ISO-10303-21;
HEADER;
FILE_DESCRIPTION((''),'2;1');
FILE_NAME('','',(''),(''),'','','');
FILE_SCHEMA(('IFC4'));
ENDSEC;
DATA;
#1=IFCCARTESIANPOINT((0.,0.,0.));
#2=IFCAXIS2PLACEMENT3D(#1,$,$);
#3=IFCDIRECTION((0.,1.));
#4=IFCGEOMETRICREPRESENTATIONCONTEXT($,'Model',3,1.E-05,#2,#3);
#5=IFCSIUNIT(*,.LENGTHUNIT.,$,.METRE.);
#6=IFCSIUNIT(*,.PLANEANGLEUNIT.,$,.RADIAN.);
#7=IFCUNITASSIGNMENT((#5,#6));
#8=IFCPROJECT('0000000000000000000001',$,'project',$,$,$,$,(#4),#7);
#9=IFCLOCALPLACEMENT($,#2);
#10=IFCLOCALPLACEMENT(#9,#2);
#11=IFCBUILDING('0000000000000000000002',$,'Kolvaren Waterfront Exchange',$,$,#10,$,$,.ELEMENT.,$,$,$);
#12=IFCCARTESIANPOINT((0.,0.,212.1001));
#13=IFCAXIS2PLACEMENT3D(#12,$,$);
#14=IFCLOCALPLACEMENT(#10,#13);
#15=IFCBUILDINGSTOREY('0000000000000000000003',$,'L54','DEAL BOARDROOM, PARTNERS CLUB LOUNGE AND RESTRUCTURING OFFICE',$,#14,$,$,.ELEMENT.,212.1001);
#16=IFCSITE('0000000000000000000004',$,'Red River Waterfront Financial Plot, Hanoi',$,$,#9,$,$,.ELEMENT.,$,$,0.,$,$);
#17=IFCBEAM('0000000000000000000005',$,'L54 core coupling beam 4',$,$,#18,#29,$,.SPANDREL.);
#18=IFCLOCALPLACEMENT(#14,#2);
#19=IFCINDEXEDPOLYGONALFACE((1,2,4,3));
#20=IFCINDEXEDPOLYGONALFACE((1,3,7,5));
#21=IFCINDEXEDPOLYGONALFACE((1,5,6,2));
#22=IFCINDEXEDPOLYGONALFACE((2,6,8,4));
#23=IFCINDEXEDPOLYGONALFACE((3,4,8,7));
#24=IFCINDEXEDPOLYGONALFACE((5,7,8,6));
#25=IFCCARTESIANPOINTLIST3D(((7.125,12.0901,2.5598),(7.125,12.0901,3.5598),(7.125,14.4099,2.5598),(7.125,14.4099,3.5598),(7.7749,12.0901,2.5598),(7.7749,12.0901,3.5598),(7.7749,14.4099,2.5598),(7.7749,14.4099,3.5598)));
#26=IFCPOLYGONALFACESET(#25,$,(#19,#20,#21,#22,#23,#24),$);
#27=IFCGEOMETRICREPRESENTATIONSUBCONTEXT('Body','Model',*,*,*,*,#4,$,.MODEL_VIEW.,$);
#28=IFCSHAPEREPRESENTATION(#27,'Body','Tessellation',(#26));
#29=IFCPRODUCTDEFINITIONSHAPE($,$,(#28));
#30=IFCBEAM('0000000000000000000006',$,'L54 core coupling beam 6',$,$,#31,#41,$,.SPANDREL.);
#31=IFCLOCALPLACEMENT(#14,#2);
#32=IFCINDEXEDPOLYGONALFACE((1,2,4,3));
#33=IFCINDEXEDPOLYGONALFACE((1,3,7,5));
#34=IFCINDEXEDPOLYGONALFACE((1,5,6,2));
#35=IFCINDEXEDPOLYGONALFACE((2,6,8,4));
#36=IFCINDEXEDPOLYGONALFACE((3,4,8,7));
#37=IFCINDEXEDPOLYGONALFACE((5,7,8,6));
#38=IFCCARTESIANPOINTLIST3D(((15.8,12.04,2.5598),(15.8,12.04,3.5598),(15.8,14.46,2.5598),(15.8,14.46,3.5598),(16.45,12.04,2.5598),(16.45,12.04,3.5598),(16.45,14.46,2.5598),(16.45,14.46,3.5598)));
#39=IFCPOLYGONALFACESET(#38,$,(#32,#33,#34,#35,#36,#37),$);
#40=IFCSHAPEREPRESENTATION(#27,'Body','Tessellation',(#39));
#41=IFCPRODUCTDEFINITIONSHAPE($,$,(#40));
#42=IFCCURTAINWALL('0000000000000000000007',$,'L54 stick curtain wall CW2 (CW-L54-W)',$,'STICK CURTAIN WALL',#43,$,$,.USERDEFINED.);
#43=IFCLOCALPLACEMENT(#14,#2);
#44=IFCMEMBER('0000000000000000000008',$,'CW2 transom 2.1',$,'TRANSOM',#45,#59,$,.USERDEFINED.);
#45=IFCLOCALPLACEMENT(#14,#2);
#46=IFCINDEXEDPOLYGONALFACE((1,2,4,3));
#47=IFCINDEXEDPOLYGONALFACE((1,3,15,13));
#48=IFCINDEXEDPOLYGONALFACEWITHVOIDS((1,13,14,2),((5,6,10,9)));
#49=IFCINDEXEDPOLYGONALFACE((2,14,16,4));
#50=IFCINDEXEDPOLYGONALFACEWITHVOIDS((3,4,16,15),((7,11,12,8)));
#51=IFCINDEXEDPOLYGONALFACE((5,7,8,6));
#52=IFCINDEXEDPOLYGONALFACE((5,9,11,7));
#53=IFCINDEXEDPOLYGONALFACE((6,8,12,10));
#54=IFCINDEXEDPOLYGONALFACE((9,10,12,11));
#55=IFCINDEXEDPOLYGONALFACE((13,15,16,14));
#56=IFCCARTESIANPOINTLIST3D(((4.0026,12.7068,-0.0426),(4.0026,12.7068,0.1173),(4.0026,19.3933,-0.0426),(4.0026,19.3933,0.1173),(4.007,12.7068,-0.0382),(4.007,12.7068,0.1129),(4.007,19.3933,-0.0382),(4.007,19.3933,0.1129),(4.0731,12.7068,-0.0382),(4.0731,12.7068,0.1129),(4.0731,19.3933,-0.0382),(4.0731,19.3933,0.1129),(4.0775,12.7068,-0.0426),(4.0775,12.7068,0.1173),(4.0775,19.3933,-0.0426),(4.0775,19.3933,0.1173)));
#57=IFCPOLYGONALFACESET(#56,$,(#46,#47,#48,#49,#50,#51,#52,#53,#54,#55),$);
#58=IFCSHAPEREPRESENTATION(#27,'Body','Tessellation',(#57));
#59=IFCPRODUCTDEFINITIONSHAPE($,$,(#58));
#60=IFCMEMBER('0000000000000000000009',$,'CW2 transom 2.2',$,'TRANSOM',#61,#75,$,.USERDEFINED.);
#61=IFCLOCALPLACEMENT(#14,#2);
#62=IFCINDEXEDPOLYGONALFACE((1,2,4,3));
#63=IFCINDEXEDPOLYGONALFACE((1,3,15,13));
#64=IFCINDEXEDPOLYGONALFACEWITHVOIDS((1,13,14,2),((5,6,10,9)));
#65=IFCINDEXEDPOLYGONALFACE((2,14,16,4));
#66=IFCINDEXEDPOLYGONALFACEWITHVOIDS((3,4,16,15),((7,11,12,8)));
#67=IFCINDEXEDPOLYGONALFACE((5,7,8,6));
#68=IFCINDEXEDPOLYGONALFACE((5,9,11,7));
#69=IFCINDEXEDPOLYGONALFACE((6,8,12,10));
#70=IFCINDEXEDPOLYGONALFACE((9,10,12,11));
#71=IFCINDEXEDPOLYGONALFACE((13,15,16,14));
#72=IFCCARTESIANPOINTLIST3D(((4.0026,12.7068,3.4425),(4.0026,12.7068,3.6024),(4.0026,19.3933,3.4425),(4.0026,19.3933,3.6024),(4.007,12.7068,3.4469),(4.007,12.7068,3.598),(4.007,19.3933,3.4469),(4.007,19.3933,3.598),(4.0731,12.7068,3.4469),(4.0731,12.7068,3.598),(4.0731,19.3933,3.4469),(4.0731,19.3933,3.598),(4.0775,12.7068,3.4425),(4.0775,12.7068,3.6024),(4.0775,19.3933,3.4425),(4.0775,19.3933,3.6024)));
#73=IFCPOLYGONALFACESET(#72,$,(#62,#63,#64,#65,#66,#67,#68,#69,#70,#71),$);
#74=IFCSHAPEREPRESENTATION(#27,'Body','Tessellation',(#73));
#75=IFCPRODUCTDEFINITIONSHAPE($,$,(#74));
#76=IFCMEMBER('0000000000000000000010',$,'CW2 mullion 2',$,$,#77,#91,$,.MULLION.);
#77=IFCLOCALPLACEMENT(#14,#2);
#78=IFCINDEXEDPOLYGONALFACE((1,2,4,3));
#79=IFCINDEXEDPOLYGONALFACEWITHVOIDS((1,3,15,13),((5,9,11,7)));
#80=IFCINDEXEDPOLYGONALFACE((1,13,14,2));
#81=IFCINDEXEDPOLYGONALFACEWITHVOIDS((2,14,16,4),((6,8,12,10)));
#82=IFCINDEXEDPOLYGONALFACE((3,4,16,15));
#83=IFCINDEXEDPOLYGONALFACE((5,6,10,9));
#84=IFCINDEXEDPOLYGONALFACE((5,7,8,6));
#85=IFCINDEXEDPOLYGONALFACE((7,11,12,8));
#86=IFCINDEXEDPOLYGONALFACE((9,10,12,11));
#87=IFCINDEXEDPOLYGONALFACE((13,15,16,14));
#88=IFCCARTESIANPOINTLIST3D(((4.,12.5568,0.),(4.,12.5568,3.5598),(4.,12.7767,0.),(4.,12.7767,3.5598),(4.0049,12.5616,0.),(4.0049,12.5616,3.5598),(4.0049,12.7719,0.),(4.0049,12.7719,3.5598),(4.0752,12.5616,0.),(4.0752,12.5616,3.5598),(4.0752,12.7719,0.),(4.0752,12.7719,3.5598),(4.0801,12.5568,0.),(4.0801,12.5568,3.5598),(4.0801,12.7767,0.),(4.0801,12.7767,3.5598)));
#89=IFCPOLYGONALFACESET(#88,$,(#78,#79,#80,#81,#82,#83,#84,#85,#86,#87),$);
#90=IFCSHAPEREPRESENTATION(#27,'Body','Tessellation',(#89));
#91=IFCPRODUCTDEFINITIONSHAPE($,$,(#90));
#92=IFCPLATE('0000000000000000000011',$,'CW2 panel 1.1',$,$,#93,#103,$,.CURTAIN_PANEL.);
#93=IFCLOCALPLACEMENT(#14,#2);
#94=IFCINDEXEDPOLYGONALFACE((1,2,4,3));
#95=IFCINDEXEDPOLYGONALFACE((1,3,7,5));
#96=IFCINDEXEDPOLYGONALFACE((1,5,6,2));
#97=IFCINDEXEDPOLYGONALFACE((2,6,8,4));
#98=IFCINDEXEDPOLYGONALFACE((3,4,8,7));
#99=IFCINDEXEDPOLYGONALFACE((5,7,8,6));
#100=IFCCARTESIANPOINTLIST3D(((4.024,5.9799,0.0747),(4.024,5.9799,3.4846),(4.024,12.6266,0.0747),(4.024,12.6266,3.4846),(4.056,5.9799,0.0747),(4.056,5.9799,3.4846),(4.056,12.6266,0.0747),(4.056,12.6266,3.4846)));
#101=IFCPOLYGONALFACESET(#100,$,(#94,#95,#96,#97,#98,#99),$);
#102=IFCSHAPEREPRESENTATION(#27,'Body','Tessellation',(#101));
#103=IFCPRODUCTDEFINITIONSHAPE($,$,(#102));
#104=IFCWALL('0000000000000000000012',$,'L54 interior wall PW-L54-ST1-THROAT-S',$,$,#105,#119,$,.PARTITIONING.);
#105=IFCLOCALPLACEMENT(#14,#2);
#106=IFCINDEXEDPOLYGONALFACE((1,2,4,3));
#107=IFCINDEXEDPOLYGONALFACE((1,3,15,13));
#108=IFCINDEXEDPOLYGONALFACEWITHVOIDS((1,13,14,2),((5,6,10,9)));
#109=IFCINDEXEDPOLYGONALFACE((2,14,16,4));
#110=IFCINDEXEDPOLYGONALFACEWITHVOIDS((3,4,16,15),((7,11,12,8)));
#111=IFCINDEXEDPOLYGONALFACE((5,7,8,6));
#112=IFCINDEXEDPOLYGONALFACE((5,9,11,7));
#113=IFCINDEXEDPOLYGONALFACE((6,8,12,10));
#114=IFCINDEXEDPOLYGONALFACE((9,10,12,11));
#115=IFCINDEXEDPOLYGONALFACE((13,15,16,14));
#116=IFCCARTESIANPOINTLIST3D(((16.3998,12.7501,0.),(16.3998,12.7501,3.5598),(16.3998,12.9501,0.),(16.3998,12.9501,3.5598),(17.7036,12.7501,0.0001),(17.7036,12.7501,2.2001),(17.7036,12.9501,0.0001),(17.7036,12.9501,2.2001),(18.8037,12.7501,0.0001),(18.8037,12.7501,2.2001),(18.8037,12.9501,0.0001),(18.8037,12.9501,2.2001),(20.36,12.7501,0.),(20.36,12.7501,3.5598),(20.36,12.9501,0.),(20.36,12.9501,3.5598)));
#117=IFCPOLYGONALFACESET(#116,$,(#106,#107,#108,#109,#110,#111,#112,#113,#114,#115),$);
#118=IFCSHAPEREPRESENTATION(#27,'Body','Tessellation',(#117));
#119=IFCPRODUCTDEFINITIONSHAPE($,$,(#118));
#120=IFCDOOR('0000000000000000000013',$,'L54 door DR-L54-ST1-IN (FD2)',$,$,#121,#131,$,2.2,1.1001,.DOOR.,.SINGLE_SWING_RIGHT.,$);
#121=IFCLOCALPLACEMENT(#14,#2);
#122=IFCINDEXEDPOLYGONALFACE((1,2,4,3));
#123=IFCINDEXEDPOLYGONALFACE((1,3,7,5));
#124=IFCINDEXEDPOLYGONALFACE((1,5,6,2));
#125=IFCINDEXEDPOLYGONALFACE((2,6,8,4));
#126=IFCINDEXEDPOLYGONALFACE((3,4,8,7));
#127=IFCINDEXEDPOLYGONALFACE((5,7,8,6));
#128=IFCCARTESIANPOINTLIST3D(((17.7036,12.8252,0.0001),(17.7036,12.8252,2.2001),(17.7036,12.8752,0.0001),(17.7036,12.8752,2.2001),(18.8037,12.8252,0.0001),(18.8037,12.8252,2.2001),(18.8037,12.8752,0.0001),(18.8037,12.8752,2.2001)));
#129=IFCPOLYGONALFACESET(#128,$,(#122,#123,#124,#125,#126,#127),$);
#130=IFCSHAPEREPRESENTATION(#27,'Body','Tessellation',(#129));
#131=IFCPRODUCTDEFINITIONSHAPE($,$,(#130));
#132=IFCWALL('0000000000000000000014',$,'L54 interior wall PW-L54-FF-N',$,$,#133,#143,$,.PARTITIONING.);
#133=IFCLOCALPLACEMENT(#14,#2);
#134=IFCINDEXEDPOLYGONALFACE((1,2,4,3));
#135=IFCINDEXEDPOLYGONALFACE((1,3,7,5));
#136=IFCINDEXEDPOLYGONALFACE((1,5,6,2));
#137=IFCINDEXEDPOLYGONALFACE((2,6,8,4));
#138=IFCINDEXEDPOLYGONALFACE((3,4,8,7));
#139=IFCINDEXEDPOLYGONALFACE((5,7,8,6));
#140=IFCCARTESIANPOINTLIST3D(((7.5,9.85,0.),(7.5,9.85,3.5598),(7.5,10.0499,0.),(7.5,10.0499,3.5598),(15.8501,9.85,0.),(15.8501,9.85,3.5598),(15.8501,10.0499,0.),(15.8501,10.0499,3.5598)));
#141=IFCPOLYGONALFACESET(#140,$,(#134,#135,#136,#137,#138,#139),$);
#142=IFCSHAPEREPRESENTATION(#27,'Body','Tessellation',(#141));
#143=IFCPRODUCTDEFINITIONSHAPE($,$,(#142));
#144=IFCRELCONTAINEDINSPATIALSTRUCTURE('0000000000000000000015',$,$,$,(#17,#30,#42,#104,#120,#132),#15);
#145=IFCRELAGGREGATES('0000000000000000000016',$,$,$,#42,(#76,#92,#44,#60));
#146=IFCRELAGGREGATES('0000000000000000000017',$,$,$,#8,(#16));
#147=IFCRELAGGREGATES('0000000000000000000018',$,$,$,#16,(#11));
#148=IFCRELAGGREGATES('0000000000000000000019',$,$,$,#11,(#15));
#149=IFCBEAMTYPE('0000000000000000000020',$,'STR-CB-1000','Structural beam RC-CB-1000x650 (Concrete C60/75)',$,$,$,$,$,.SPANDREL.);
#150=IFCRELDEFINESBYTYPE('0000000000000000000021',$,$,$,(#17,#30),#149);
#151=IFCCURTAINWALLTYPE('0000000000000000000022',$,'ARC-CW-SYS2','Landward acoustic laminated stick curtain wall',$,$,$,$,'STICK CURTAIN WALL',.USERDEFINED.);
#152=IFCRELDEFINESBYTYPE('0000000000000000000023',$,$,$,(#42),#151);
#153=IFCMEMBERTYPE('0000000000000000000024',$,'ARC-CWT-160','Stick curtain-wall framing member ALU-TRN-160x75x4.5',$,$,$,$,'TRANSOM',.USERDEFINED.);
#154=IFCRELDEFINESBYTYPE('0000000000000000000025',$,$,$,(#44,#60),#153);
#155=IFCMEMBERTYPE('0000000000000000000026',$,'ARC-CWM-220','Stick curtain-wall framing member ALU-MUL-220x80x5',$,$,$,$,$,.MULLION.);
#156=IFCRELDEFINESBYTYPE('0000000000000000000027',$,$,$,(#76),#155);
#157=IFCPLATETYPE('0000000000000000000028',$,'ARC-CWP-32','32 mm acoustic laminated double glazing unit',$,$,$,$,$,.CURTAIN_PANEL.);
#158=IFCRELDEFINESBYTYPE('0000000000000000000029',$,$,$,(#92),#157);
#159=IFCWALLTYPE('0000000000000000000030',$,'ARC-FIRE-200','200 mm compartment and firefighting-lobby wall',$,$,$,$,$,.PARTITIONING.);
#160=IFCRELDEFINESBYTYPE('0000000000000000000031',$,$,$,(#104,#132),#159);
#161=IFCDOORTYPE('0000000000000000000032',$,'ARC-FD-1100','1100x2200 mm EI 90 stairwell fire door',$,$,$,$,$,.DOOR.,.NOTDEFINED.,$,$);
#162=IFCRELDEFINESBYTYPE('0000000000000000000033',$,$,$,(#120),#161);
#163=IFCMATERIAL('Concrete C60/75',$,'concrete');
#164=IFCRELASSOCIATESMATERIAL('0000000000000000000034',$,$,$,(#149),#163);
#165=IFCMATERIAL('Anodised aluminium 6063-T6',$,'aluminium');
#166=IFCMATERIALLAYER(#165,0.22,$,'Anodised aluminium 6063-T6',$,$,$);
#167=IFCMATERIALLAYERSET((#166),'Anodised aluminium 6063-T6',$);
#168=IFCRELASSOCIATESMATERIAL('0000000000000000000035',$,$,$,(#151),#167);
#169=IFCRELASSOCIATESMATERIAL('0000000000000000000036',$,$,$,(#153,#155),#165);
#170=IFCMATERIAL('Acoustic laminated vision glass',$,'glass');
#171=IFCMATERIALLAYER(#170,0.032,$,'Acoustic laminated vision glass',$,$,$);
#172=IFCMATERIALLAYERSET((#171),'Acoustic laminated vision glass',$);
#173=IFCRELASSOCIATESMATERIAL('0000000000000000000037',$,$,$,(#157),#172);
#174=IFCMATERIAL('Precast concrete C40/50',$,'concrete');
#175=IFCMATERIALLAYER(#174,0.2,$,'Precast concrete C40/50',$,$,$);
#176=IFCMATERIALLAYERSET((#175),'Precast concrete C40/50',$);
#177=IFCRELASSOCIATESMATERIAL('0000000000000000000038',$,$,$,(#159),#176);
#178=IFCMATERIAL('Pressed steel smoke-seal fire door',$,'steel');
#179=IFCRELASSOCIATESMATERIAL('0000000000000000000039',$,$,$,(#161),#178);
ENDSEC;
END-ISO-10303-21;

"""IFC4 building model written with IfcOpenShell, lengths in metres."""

from ifc_helpers import new_model, si_unit, direction, frame, frame_2d, origin, origin_with_axes, origin_2d, place, context, subcontext, project, spatial, rectangle, hollow_rectangle, extrude, source, transform, mapped, material, layer, layer_set, material_profile, profile_set, type_object, element, fill, aggregate, save


model = new_model("IFC4")

# Units and contexts
model_context = context("Model", 3, precision=1e-05, world=origin(), true_north=direction((0.0, 1.0)))
body_context = subcontext(model_context, "Body", "Model", "MODEL_VIEW")
ifc_project = project(units=[si_unit("LENGTHUNIT", "METRE"), si_unit("PLANEANGLEUNIT", "RADIAN")], contexts=[model_context])

# Site, building, storey
site_placement = place(None, origin())
site = spatial("IfcSite", under=ifc_project, at=site_placement, Name="Red River Waterfront Financial Plot, Hanoi", CompositionType="ELEMENT", RefElevation=0.0)
building_placement = place(site_placement, origin())
building = spatial("IfcBuilding", under=site, at=building_placement, Name="Kolvaren Waterfront Exchange", CompositionType="ELEMENT")
storey_placement = place(building_placement, frame((0.0, 0.0, 212.1001)))
storey = spatial("IfcBuildingStorey", under=building, at=storey_placement, Name="L54", Description="DEAL BOARDROOM, PARTNERS CLUB LOUNGE AND RESTRUCTURING OFFICE", CompositionType="ELEMENT", Elevation=212.1001)

# Beams
ifc_material_1 = material(Name="Concrete C60/75", Category="concrete")
ifc_material_profile_1 = material_profile(ifc_material_1, rectangle(XDim=0.6499, YDim=1.0, at=origin_2d()), Name="RC-CB-1000x650")
ifc_profile_set_1 = profile_set([ifc_material_profile_1], Name="Concrete C60/75")
beam_type = type_object("IfcBeamType", Name="STR-CB-1000", Description="Structural beam RC-CB-1000x650 (Concrete C60/75)", PredefinedType="SPANDREL", material=ifc_profile_set_1)
beam_1_placement = place(storey_placement, frame((7.45, 12.0901, 3.0598), z_axis=(0.0, 1.0, 0.0), x_axis=(-1.0, 0.0, 0.0)))
element("IfcBeam", 1, at=beam_1_placement, inside=storey, type_object=beam_type, Name="L54 core coupling beam 4", PredefinedType="SPANDREL", context=body_context, shape_type="SweptSolid", body=[
    extrude(rectangle(XDim=0.6499, YDim=1.0, at=origin_2d()), origin(), (0.0, 0.0, 1.0), 2.3198),
])
beam_2_placement = place(storey_placement, frame((16.125, 12.04, 3.0598), z_axis=(0.0, 1.0, 0.0), x_axis=(-1.0, 0.0, 0.0)))
element("IfcBeam", 2, at=beam_2_placement, inside=storey, type_object=beam_type, Name="L54 core coupling beam 6", PredefinedType="SPANDREL", context=body_context, shape_type="SweptSolid", body=[
    extrude(rectangle(XDim=0.6499, YDim=1.0, at=origin_2d()), origin(), (0.0, 0.0, 1.0), 2.4199),
])

# Curtain wall, members, plate
ifc_material_2 = material(Name="Anodised aluminium 6063-T6", Category="aluminium")
ifc_layer_1 = layer(ifc_material_2, 0.22, Name="Anodised aluminium 6063-T6")
ifc_layer_set_1 = layer_set([ifc_layer_1], Name="Anodised aluminium 6063-T6")
curtain_wall_type = type_object("IfcCurtainWallType", Name="ARC-CW-SYS2", Description="Landward acoustic laminated stick curtain wall", ElementType="STICK CURTAIN WALL", PredefinedType="USERDEFINED", material=ifc_layer_set_1)
curtain_wall_placement = place(storey_placement, origin())
curtain_wall = element("IfcCurtainWall", 3, at=curtain_wall_placement, inside=storey, type_object=curtain_wall_type, Name="L54 stick curtain wall CW2 (CW-L54-W)", ObjectType="STICK CURTAIN WALL", PredefinedType="USERDEFINED")
ifc_material_profile_2 = material_profile(ifc_material_2, hollow_rectangle(XDim=0.075, YDim=0.1599, WallThickness=0.0044, at=origin_2d()), Name="ALU-TRN-160x75x4.5")
ifc_profile_set_2 = profile_set([ifc_material_profile_2], Name="Anodised aluminium 6063-T6")
member_type_1 = type_object("IfcMemberType", Name="ARC-CWT-160", Description="Stick curtain-wall framing member ALU-TRN-160x75x4.5", ElementType="TRANSOM", PredefinedType="USERDEFINED", material=ifc_profile_set_2)
shared_shape_1 = source(origin_with_axes(), body_context, "Body", "SweptSolid", [
    extrude(hollow_rectangle(XDim=0.075, YDim=0.1599, WallThickness=0.0044, at=origin_2d()), origin(), (0.0, 0.0, 1.0), 6.6865),
])
member_1_placement = place(storey_placement, frame((4.04, 12.7068, 0.0374), z_axis=(0.0, 1.0, 0.0), x_axis=(-1.0, 0.0, 0.0)))
member_1 = element("IfcMember", 4, at=member_1_placement, type_object=member_type_1, Name="CW2 transom 2.1", ObjectType="TRANSOM", PredefinedType="USERDEFINED", context=body_context, shape_type="MappedRepresentation", body=[
    mapped(shared_shape_1, transform((0.0, 0.0, 0.0), x_axis=(1.0, 0.0, 0.0), y_axis=(0.0, 1.0, 0.0), z_axis=(0.0, 0.0, 1.0), scale=1.0)),
])
member_2_placement = place(storey_placement, frame((4.04, 12.7068, 3.5225), z_axis=(0.0, 1.0, 0.0), x_axis=(-1.0, 0.0, 0.0)))
member_2 = element("IfcMember", 5, at=member_2_placement, type_object=member_type_1, Name="CW2 transom 2.2", ObjectType="TRANSOM", PredefinedType="USERDEFINED", context=body_context, shape_type="MappedRepresentation", body=[
    mapped(shared_shape_1, transform((0.0, 0.0, 0.0), x_axis=(1.0, 0.0, 0.0), y_axis=(0.0, 1.0, 0.0), z_axis=(0.0, 0.0, 1.0), scale=1.0)),
])
ifc_material_profile_3 = material_profile(ifc_material_2, hollow_rectangle(XDim=0.0801, YDim=0.22, WallThickness=0.0049, at=origin_2d()), Name="ALU-MUL-220x80x5")
ifc_profile_set_3 = profile_set([ifc_material_profile_3], Name="Anodised aluminium 6063-T6")
member_type_2 = type_object("IfcMemberType", Name="ARC-CWM-220", Description="Stick curtain-wall framing member ALU-MUL-220x80x5", PredefinedType="MULLION", material=ifc_profile_set_3)
shared_shape_2 = source(origin_with_axes(), body_context, "Body", "SweptSolid", [
    extrude(hollow_rectangle(XDim=0.0801, YDim=0.22, WallThickness=0.0049, at=origin_2d()), origin(), (0.0, 0.0, 1.0), 3.5598),
])
member_3_placement = place(storey_placement, frame((4.04, 12.6667, 0.0), z_axis=(0.0, 0.0, 1.0), x_axis=(-1.0, 0.0, 0.0)))
member_3 = element("IfcMember", 6, at=member_3_placement, type_object=member_type_2, Name="CW2 mullion 2", PredefinedType="MULLION", context=body_context, shape_type="MappedRepresentation", body=[
    mapped(shared_shape_2, transform((0.0, 0.0, 0.0), x_axis=(1.0, 0.0, 0.0), y_axis=(0.0, 1.0, 0.0), z_axis=(0.0, 0.0, 1.0), scale=1.0)),
])
ifc_material_3 = material(Name="Acoustic laminated vision glass", Category="glass")
ifc_layer_2 = layer(ifc_material_3, 0.032, Name="Acoustic laminated vision glass")
ifc_layer_set_2 = layer_set([ifc_layer_2], Name="Acoustic laminated vision glass")
plate_type = type_object("IfcPlateType", Name="ARC-CWP-32", Description="32 mm acoustic laminated double glazing unit", PredefinedType="CURTAIN_PANEL", material=ifc_layer_set_2)
shared_shape_3 = source(origin_with_axes(), body_context, "Body", "SweptSolid", [
    extrude(rectangle(XDim=6.6467, YDim=0.032, at=origin_2d()), origin(), (0.0, 0.0, 1.0), 3.4099),
])
plate_placement = place(storey_placement, frame((4.04, 9.3032, 0.0747), z_axis=(0.0, 0.0, 1.0), x_axis=(0.0, 1.0, 0.0)))
plate = element("IfcPlate", 7, at=plate_placement, type_object=plate_type, Name="CW2 panel 1.1", PredefinedType="CURTAIN_PANEL", context=body_context, shape_type="MappedRepresentation", body=[
    mapped(shared_shape_3, transform((0.0, 0.0, 0.0), x_axis=(1.0, 0.0, 0.0), y_axis=(0.0, 1.0, 0.0), z_axis=(0.0, 0.0, 1.0), scale=1.0)),
])
aggregate(curtain_wall, [member_3, plate, member_1, member_2])

# Wall, opening, door
ifc_material_4 = material(Name="Precast concrete C40/50", Category="concrete")
ifc_layer_3 = layer(ifc_material_4, 0.2, Name="Precast concrete C40/50")
ifc_layer_set_3 = layer_set([ifc_layer_3], Name="Precast concrete C40/50")
wall_type_1 = type_object("IfcWallType", Name="ARC-FIRE-200", Description="200 mm compartment and firefighting-lobby wall", PredefinedType="PARTITIONING", material=ifc_layer_set_3)
wall_1_placement = place(storey_placement, frame((16.3999, 12.8501, 0.0), z_axis=(0.0, 0.0, 1.0), x_axis=(1.0, 0.0, 0.0)))
wall_1 = element("IfcWall", 8, at=wall_1_placement, inside=storey, type_object=wall_type_1, Name="L54 interior wall PW-L54-ST1-THROAT-S", PredefinedType="PARTITIONING", context=body_context, shape_type="SweptSolid", body=[
    extrude(rectangle(XDim=3.9602, YDim=0.2, at=frame_2d((1.98, 0.0))), origin(), (0.0, 0.0, 1.0), 3.5598),
])
opening_1_placement = place(wall_1_placement, frame((1.3037, 0.0, 0.0)))
opening_1 = element("IfcOpeningElement", 9, at=opening_1_placement, cuts=wall_1, PredefinedType="OPENING", context=body_context, shape_type="SweptSolid", body=[
    extrude(rectangle(XDim=1.1001, YDim=2.2, at=frame_2d((0.55, 1.1001))), frame((0.0, 0.1099, 0.0), z_axis=(0.0, -1.0, 0.0), x_axis=(1.0, 0.0, 0.0)), (0.0, 0.0, 1.0), 0.22),
])
ifc_material_5 = material(Name="Pressed steel smoke-seal fire door", Category="steel")
door_type_1 = type_object("IfcDoorType", Name="ARC-FD-1100", Description="1100x2200 mm EI 90 stairwell fire door", OperationType="NOTDEFINED", PredefinedType="DOOR", material=ifc_material_5)
door_1_placement = place(opening_1_placement, frame((1.1001, 0.0, 0.0), z_axis=(0.0, 0.0, 1.0), x_axis=(-1.0, 0.0, 0.0)))
door_1 = element("IfcDoor", 10, at=door_1_placement, inside=storey, type_object=door_type_1, Name="L54 door DR-L54-ST1-IN (FD2)", OperationType="SINGLE_SWING_RIGHT", OverallHeight=2.2, OverallWidth=1.1001, PredefinedType="DOOR", context=body_context, shape_type="SweptSolid", body=[
    extrude(rectangle(XDim=1.1001, YDim=2.2, at=frame_2d((0.55, 1.1001))), frame((0.0, 0.0249, 0.0), z_axis=(0.0, -1.0, 0.0), x_axis=(1.0, 0.0, 0.0)), (0.0, 0.0, 1.0), 0.05),
])
fill(opening_1, door_1)

# Wall
wall_2_placement = place(storey_placement, frame((7.5, 9.95, 0.0), z_axis=(0.0, 0.0, 1.0), x_axis=(1.0, 0.0, 0.0)))
element("IfcWall", 11, at=wall_2_placement, inside=storey, type_object=wall_type_1, Name="L54 interior wall PW-L54-FF-N", PredefinedType="PARTITIONING", context=body_context, shape_type="SweptSolid", body=[
    extrude(rectangle(XDim=8.3501, YDim=0.2, at=frame_2d((4.175, 0.0))), origin(), (0.0, 0.0, 1.0), 3.5598),
])

save(model, "model.ifc")
